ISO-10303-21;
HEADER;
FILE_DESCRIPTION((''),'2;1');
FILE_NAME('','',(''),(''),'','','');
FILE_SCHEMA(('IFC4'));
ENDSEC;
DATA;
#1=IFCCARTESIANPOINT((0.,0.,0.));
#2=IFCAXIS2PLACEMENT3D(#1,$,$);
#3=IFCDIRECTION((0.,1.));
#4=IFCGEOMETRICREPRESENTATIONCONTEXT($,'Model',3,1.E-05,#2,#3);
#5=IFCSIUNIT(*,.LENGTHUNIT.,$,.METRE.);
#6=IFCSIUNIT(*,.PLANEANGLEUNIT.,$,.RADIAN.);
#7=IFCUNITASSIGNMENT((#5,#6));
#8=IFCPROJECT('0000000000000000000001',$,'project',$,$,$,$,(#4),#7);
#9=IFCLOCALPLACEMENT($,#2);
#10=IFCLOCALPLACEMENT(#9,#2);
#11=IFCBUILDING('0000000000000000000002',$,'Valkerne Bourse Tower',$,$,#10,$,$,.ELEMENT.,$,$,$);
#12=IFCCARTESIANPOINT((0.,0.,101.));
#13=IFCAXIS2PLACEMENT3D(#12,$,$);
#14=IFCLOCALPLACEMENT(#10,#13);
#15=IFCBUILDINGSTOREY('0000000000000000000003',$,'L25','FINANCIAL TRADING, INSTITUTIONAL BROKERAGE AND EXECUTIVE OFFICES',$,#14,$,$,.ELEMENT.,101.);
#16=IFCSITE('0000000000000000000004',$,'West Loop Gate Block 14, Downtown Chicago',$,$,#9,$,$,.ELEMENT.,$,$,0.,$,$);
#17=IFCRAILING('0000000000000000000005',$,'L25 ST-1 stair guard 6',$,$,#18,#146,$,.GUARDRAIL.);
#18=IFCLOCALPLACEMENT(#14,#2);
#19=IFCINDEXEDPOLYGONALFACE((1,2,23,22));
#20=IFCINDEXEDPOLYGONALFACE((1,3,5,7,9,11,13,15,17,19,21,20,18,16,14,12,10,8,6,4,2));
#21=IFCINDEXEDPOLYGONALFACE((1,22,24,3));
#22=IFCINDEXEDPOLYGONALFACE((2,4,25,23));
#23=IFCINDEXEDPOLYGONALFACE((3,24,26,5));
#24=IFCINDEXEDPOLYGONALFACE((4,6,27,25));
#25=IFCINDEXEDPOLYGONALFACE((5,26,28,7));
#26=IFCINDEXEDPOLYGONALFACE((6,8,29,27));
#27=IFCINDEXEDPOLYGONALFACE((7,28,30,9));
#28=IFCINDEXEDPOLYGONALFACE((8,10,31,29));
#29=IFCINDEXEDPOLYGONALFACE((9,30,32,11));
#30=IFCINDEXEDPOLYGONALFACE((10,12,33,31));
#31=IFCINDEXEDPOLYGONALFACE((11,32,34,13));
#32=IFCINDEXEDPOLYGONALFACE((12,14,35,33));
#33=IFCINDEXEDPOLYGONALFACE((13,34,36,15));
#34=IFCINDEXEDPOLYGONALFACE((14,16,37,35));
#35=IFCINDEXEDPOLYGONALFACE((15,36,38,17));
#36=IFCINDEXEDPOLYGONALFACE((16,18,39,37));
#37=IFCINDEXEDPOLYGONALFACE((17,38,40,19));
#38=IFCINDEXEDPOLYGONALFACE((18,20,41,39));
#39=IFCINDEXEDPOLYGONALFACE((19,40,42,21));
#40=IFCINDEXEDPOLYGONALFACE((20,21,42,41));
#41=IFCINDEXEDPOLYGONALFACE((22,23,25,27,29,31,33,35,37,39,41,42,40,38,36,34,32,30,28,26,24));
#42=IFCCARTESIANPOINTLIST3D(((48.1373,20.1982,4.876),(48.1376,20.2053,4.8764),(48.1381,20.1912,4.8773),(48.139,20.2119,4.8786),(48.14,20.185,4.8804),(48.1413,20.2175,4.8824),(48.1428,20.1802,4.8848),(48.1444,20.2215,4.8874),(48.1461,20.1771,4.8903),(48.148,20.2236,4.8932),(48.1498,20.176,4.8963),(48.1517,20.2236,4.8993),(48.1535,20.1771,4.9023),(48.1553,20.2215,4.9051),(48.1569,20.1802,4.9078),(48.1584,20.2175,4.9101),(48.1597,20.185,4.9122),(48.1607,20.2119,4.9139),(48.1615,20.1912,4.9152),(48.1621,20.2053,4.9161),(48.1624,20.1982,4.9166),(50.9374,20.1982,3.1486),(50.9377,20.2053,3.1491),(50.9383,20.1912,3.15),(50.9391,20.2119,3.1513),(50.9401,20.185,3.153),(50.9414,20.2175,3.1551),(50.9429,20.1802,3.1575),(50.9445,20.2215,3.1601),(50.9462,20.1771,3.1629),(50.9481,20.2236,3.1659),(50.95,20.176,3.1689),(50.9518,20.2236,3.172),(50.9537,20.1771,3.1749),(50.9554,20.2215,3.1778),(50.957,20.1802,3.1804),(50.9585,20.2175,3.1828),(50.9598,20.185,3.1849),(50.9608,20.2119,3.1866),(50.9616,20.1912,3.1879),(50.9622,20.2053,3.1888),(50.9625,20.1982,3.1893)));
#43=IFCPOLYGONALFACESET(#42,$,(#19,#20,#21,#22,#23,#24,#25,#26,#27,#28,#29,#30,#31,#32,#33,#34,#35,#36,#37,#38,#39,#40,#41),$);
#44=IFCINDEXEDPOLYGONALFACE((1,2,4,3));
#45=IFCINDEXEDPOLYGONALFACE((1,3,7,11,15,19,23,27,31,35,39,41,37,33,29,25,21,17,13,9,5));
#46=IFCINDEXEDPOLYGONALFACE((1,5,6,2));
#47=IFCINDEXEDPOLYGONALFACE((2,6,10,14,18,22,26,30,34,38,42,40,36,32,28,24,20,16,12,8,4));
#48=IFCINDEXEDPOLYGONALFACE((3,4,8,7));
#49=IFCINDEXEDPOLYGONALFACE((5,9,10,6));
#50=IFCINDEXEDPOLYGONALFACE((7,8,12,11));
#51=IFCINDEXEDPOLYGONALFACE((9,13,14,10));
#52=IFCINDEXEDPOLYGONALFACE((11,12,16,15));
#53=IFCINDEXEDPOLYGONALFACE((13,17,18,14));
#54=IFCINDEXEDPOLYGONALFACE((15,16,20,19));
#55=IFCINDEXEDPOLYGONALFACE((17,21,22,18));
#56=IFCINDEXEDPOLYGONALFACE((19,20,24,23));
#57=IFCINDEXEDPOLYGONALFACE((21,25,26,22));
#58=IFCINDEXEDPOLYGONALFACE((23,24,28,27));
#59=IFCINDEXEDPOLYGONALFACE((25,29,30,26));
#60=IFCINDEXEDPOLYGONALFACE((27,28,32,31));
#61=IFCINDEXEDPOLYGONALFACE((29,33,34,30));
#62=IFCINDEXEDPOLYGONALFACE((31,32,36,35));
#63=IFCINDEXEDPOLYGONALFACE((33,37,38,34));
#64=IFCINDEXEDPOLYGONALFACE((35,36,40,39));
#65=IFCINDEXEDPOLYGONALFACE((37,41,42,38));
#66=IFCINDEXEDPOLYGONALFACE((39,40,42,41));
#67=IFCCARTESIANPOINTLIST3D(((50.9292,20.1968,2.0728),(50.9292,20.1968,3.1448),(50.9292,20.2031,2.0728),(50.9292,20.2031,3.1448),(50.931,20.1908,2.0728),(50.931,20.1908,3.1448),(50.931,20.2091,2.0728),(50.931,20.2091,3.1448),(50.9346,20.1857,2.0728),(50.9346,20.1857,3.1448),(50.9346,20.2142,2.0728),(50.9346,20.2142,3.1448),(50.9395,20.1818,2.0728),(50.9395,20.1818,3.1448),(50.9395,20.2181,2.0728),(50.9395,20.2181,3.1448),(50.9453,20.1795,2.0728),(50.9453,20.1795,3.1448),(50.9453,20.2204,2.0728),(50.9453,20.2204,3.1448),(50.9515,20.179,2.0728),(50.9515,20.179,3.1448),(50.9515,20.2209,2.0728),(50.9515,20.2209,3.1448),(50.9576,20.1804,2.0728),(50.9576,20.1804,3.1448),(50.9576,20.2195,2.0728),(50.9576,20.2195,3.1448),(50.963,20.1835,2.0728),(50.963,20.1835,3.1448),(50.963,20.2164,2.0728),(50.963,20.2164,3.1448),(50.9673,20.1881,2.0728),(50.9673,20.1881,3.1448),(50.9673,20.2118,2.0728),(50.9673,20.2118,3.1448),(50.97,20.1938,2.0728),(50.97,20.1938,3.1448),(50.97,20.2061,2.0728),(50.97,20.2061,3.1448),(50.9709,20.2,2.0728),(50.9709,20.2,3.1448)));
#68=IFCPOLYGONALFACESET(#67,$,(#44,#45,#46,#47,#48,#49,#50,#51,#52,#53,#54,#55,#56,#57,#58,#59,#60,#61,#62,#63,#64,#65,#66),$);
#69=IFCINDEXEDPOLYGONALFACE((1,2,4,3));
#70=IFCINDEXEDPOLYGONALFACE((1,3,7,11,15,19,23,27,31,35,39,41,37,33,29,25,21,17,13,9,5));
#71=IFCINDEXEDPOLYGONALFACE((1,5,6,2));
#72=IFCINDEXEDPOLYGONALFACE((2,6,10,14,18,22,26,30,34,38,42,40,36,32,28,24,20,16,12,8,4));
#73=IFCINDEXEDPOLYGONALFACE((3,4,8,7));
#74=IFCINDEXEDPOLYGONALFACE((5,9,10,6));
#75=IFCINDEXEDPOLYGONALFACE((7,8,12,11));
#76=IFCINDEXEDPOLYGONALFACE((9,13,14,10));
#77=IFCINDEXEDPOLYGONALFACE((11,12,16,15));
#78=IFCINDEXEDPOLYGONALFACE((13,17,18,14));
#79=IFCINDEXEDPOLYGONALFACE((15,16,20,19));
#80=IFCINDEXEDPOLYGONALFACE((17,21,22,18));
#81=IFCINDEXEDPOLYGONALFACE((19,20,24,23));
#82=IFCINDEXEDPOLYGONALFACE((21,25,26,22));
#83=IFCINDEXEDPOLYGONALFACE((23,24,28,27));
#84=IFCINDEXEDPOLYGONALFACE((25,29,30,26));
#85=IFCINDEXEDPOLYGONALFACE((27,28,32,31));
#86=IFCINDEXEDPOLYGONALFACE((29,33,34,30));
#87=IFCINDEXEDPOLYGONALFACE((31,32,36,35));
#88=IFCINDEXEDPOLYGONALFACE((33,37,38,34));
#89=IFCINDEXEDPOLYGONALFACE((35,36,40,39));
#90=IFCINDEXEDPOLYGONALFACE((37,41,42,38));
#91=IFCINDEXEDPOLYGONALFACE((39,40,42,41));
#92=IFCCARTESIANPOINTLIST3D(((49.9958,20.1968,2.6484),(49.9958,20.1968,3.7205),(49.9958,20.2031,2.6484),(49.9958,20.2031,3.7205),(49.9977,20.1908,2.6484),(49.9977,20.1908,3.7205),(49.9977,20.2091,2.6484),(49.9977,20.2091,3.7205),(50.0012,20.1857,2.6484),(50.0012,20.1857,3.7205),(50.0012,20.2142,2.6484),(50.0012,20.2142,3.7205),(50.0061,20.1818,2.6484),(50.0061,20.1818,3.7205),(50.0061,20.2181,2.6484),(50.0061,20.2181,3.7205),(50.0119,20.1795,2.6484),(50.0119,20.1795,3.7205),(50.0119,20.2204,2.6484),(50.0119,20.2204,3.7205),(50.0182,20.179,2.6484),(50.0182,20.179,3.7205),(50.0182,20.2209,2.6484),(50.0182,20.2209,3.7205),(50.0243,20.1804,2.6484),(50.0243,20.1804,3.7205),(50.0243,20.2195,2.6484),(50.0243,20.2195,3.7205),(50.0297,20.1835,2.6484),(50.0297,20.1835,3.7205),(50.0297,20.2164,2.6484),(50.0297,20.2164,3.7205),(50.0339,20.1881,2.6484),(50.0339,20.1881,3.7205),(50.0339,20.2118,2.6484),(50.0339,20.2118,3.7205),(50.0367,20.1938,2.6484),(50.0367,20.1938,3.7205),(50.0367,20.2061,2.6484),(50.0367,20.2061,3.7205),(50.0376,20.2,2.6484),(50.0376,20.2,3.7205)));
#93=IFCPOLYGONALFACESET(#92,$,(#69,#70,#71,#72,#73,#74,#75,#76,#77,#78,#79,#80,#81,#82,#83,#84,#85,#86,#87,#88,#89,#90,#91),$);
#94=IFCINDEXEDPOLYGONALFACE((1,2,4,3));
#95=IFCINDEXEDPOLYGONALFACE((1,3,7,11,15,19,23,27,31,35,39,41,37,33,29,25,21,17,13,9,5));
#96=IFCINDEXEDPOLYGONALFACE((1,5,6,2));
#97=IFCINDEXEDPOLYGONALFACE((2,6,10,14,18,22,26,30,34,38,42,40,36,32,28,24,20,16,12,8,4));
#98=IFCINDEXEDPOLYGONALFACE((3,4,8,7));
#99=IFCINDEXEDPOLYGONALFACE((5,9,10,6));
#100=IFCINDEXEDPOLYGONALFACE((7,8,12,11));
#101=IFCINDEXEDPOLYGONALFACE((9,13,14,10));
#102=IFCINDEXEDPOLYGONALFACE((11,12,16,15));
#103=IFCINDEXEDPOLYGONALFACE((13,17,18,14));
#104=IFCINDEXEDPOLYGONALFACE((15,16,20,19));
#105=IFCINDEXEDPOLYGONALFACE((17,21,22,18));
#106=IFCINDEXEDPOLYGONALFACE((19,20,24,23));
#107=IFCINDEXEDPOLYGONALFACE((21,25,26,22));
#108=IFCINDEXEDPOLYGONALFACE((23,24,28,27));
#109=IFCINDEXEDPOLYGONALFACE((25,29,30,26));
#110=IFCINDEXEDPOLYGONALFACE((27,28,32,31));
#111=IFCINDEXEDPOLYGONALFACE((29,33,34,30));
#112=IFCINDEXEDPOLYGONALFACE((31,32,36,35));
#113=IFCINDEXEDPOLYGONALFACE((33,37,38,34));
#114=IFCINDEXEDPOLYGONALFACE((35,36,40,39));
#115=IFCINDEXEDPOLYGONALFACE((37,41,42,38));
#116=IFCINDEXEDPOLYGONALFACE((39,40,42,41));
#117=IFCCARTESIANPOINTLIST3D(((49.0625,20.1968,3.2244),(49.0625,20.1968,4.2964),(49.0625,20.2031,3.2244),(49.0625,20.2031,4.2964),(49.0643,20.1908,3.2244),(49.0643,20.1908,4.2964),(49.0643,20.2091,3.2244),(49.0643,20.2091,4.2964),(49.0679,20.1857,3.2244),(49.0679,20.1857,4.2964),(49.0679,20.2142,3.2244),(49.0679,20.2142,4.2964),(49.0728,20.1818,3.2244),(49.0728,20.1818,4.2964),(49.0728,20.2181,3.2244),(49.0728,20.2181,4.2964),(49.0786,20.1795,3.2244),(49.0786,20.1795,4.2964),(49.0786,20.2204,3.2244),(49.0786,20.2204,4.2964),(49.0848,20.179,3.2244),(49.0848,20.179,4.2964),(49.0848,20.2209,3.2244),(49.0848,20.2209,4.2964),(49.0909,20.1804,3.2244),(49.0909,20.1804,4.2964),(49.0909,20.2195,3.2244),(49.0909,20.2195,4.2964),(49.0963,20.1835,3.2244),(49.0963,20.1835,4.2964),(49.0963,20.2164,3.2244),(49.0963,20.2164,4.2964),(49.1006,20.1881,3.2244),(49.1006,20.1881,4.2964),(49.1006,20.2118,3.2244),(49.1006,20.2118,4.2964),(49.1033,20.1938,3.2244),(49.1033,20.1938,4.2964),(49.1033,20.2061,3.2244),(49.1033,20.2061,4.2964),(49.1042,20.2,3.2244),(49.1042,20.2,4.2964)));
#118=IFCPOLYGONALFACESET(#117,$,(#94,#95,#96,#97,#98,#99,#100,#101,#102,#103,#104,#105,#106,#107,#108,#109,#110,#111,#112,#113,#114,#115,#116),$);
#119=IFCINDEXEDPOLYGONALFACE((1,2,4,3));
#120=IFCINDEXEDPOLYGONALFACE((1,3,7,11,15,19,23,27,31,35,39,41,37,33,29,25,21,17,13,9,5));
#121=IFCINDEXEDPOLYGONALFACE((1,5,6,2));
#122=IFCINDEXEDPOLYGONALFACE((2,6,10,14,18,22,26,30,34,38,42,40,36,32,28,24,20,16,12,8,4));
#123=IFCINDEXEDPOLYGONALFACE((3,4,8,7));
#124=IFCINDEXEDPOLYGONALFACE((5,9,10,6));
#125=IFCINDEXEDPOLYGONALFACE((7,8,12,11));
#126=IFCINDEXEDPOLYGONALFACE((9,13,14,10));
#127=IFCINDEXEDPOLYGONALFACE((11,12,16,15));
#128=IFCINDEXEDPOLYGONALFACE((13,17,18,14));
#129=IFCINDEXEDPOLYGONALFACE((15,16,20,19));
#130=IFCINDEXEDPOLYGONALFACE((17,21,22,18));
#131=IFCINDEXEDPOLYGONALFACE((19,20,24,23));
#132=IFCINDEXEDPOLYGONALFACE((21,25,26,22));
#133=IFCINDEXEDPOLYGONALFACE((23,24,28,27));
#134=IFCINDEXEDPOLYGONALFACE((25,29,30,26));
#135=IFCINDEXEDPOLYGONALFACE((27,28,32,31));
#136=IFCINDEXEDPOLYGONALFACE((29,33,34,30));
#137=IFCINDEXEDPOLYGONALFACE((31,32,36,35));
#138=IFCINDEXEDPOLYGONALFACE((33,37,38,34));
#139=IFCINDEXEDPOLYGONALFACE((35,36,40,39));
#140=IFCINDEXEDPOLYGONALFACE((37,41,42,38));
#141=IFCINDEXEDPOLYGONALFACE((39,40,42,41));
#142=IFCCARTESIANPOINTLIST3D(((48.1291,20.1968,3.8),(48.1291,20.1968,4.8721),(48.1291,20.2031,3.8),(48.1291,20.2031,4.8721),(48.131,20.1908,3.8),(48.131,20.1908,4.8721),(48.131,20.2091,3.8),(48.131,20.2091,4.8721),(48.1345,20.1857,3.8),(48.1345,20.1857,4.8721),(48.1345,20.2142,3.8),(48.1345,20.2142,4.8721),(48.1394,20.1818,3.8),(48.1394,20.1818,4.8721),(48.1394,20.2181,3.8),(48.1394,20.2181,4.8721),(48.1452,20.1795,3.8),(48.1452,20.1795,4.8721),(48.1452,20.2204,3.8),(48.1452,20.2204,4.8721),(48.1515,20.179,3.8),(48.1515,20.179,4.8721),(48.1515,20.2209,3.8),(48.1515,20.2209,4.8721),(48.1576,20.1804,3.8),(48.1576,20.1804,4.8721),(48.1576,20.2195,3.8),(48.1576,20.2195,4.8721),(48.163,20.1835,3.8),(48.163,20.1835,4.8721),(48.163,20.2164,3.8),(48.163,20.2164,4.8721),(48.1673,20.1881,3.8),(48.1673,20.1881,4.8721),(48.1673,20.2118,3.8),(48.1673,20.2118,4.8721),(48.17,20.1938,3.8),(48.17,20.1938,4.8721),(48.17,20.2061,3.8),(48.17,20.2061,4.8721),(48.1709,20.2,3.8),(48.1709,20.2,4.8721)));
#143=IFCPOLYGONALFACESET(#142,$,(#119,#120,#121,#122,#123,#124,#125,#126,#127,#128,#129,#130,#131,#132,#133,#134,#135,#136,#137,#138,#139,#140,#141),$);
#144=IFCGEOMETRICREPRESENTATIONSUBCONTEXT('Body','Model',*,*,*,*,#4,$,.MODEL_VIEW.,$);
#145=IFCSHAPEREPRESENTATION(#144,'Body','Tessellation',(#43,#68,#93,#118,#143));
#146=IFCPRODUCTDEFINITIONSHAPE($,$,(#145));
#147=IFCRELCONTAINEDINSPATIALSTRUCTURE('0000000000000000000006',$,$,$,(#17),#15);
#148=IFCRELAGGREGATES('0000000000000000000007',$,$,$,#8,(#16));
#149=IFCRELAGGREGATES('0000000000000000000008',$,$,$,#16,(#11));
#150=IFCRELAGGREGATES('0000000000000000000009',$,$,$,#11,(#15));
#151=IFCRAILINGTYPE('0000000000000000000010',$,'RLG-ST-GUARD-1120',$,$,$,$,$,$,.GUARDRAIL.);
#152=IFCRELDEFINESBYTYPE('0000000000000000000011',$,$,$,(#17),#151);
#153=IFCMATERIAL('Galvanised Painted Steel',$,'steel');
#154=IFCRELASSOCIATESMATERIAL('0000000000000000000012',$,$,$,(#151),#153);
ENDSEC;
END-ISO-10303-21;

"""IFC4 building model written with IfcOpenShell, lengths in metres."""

from ifc_helpers import new_model, si_unit, direction, frame, origin, origin_2d, place, context, subcontext, project, spatial, circle, extrude, material, type_object, element, save


model = new_model("IFC4")

# Units and contexts
model_context = context("Model", 3, precision=1e-05, world=origin(), true_north=direction((0.0, 1.0)))
body_context = subcontext(model_context, "Body", "Model", "MODEL_VIEW")
ifc_project = project(units=[si_unit("LENGTHUNIT", "METRE"), si_unit("PLANEANGLEUNIT", "RADIAN")], contexts=[model_context])

# Site, building, storey
site_placement = place(None, origin())
site = spatial("IfcSite", under=ifc_project, at=site_placement, Name="West Loop Gate Block 14, Downtown Chicago", CompositionType="ELEMENT", RefElevation=0.0)
building_placement = place(site_placement, origin())
building = spatial("IfcBuilding", under=site, at=building_placement, Name="Valkerne Bourse Tower", CompositionType="ELEMENT")
storey_placement = place(building_placement, frame((0.0, 0.0, 101.0)))
storey = spatial("IfcBuildingStorey", under=building, at=storey_placement, Name="L25", Description="FINANCIAL TRADING, INSTITUTIONAL BROKERAGE AND EXECUTIVE OFFICES", CompositionType="ELEMENT", Elevation=101.0)

# Shared definitions
ifc_material_1 = material(Name="Galvanised Painted Steel", Category="steel")

# Railing
railing_type_1 = type_object("IfcRailingType", Name="RLG-ST-GUARD-1120", PredefinedType="GUARDRAIL", material=ifc_material_1)
railing_1_placement = place(storey_placement, frame((50.95, 20.2, 2.0728)))
element("IfcRailing", 1, at=railing_1_placement, inside=storey, type_object=railing_type_1, Name="L25 ST-1 stair guard 6", PredefinedType="GUARDRAIL", context=body_context, shape_type="SweptSolid", body=[
    extrude(circle(Radius=0.0239, at=origin_2d()), frame((0.0, 0.0, 1.0962), z_axis=(-0.85109, 0.0, 0.52502), x_axis=(0.0, -1.0, 0.0)), (0.0, 0.0, 1.0), 3.29),
    extrude(circle(Radius=0.021, at=origin_2d()), origin(), (0.0, 0.0, 1.0), 1.072),
    extrude(circle(Radius=0.021, at=origin_2d()), frame((-0.9333, 0.0, 0.5757)), (0.0, 0.0, 1.0), 1.072),
    extrude(circle(Radius=0.021, at=origin_2d()), frame((-1.8667, 0.0, 1.1516)), (0.0, 0.0, 1.0), 1.072),
    extrude(circle(Radius=0.021, at=origin_2d()), frame((-2.8, 0.0, 1.7273)), (0.0, 0.0, 1.0), 1.072),
])

save(model, "model.ifc")
